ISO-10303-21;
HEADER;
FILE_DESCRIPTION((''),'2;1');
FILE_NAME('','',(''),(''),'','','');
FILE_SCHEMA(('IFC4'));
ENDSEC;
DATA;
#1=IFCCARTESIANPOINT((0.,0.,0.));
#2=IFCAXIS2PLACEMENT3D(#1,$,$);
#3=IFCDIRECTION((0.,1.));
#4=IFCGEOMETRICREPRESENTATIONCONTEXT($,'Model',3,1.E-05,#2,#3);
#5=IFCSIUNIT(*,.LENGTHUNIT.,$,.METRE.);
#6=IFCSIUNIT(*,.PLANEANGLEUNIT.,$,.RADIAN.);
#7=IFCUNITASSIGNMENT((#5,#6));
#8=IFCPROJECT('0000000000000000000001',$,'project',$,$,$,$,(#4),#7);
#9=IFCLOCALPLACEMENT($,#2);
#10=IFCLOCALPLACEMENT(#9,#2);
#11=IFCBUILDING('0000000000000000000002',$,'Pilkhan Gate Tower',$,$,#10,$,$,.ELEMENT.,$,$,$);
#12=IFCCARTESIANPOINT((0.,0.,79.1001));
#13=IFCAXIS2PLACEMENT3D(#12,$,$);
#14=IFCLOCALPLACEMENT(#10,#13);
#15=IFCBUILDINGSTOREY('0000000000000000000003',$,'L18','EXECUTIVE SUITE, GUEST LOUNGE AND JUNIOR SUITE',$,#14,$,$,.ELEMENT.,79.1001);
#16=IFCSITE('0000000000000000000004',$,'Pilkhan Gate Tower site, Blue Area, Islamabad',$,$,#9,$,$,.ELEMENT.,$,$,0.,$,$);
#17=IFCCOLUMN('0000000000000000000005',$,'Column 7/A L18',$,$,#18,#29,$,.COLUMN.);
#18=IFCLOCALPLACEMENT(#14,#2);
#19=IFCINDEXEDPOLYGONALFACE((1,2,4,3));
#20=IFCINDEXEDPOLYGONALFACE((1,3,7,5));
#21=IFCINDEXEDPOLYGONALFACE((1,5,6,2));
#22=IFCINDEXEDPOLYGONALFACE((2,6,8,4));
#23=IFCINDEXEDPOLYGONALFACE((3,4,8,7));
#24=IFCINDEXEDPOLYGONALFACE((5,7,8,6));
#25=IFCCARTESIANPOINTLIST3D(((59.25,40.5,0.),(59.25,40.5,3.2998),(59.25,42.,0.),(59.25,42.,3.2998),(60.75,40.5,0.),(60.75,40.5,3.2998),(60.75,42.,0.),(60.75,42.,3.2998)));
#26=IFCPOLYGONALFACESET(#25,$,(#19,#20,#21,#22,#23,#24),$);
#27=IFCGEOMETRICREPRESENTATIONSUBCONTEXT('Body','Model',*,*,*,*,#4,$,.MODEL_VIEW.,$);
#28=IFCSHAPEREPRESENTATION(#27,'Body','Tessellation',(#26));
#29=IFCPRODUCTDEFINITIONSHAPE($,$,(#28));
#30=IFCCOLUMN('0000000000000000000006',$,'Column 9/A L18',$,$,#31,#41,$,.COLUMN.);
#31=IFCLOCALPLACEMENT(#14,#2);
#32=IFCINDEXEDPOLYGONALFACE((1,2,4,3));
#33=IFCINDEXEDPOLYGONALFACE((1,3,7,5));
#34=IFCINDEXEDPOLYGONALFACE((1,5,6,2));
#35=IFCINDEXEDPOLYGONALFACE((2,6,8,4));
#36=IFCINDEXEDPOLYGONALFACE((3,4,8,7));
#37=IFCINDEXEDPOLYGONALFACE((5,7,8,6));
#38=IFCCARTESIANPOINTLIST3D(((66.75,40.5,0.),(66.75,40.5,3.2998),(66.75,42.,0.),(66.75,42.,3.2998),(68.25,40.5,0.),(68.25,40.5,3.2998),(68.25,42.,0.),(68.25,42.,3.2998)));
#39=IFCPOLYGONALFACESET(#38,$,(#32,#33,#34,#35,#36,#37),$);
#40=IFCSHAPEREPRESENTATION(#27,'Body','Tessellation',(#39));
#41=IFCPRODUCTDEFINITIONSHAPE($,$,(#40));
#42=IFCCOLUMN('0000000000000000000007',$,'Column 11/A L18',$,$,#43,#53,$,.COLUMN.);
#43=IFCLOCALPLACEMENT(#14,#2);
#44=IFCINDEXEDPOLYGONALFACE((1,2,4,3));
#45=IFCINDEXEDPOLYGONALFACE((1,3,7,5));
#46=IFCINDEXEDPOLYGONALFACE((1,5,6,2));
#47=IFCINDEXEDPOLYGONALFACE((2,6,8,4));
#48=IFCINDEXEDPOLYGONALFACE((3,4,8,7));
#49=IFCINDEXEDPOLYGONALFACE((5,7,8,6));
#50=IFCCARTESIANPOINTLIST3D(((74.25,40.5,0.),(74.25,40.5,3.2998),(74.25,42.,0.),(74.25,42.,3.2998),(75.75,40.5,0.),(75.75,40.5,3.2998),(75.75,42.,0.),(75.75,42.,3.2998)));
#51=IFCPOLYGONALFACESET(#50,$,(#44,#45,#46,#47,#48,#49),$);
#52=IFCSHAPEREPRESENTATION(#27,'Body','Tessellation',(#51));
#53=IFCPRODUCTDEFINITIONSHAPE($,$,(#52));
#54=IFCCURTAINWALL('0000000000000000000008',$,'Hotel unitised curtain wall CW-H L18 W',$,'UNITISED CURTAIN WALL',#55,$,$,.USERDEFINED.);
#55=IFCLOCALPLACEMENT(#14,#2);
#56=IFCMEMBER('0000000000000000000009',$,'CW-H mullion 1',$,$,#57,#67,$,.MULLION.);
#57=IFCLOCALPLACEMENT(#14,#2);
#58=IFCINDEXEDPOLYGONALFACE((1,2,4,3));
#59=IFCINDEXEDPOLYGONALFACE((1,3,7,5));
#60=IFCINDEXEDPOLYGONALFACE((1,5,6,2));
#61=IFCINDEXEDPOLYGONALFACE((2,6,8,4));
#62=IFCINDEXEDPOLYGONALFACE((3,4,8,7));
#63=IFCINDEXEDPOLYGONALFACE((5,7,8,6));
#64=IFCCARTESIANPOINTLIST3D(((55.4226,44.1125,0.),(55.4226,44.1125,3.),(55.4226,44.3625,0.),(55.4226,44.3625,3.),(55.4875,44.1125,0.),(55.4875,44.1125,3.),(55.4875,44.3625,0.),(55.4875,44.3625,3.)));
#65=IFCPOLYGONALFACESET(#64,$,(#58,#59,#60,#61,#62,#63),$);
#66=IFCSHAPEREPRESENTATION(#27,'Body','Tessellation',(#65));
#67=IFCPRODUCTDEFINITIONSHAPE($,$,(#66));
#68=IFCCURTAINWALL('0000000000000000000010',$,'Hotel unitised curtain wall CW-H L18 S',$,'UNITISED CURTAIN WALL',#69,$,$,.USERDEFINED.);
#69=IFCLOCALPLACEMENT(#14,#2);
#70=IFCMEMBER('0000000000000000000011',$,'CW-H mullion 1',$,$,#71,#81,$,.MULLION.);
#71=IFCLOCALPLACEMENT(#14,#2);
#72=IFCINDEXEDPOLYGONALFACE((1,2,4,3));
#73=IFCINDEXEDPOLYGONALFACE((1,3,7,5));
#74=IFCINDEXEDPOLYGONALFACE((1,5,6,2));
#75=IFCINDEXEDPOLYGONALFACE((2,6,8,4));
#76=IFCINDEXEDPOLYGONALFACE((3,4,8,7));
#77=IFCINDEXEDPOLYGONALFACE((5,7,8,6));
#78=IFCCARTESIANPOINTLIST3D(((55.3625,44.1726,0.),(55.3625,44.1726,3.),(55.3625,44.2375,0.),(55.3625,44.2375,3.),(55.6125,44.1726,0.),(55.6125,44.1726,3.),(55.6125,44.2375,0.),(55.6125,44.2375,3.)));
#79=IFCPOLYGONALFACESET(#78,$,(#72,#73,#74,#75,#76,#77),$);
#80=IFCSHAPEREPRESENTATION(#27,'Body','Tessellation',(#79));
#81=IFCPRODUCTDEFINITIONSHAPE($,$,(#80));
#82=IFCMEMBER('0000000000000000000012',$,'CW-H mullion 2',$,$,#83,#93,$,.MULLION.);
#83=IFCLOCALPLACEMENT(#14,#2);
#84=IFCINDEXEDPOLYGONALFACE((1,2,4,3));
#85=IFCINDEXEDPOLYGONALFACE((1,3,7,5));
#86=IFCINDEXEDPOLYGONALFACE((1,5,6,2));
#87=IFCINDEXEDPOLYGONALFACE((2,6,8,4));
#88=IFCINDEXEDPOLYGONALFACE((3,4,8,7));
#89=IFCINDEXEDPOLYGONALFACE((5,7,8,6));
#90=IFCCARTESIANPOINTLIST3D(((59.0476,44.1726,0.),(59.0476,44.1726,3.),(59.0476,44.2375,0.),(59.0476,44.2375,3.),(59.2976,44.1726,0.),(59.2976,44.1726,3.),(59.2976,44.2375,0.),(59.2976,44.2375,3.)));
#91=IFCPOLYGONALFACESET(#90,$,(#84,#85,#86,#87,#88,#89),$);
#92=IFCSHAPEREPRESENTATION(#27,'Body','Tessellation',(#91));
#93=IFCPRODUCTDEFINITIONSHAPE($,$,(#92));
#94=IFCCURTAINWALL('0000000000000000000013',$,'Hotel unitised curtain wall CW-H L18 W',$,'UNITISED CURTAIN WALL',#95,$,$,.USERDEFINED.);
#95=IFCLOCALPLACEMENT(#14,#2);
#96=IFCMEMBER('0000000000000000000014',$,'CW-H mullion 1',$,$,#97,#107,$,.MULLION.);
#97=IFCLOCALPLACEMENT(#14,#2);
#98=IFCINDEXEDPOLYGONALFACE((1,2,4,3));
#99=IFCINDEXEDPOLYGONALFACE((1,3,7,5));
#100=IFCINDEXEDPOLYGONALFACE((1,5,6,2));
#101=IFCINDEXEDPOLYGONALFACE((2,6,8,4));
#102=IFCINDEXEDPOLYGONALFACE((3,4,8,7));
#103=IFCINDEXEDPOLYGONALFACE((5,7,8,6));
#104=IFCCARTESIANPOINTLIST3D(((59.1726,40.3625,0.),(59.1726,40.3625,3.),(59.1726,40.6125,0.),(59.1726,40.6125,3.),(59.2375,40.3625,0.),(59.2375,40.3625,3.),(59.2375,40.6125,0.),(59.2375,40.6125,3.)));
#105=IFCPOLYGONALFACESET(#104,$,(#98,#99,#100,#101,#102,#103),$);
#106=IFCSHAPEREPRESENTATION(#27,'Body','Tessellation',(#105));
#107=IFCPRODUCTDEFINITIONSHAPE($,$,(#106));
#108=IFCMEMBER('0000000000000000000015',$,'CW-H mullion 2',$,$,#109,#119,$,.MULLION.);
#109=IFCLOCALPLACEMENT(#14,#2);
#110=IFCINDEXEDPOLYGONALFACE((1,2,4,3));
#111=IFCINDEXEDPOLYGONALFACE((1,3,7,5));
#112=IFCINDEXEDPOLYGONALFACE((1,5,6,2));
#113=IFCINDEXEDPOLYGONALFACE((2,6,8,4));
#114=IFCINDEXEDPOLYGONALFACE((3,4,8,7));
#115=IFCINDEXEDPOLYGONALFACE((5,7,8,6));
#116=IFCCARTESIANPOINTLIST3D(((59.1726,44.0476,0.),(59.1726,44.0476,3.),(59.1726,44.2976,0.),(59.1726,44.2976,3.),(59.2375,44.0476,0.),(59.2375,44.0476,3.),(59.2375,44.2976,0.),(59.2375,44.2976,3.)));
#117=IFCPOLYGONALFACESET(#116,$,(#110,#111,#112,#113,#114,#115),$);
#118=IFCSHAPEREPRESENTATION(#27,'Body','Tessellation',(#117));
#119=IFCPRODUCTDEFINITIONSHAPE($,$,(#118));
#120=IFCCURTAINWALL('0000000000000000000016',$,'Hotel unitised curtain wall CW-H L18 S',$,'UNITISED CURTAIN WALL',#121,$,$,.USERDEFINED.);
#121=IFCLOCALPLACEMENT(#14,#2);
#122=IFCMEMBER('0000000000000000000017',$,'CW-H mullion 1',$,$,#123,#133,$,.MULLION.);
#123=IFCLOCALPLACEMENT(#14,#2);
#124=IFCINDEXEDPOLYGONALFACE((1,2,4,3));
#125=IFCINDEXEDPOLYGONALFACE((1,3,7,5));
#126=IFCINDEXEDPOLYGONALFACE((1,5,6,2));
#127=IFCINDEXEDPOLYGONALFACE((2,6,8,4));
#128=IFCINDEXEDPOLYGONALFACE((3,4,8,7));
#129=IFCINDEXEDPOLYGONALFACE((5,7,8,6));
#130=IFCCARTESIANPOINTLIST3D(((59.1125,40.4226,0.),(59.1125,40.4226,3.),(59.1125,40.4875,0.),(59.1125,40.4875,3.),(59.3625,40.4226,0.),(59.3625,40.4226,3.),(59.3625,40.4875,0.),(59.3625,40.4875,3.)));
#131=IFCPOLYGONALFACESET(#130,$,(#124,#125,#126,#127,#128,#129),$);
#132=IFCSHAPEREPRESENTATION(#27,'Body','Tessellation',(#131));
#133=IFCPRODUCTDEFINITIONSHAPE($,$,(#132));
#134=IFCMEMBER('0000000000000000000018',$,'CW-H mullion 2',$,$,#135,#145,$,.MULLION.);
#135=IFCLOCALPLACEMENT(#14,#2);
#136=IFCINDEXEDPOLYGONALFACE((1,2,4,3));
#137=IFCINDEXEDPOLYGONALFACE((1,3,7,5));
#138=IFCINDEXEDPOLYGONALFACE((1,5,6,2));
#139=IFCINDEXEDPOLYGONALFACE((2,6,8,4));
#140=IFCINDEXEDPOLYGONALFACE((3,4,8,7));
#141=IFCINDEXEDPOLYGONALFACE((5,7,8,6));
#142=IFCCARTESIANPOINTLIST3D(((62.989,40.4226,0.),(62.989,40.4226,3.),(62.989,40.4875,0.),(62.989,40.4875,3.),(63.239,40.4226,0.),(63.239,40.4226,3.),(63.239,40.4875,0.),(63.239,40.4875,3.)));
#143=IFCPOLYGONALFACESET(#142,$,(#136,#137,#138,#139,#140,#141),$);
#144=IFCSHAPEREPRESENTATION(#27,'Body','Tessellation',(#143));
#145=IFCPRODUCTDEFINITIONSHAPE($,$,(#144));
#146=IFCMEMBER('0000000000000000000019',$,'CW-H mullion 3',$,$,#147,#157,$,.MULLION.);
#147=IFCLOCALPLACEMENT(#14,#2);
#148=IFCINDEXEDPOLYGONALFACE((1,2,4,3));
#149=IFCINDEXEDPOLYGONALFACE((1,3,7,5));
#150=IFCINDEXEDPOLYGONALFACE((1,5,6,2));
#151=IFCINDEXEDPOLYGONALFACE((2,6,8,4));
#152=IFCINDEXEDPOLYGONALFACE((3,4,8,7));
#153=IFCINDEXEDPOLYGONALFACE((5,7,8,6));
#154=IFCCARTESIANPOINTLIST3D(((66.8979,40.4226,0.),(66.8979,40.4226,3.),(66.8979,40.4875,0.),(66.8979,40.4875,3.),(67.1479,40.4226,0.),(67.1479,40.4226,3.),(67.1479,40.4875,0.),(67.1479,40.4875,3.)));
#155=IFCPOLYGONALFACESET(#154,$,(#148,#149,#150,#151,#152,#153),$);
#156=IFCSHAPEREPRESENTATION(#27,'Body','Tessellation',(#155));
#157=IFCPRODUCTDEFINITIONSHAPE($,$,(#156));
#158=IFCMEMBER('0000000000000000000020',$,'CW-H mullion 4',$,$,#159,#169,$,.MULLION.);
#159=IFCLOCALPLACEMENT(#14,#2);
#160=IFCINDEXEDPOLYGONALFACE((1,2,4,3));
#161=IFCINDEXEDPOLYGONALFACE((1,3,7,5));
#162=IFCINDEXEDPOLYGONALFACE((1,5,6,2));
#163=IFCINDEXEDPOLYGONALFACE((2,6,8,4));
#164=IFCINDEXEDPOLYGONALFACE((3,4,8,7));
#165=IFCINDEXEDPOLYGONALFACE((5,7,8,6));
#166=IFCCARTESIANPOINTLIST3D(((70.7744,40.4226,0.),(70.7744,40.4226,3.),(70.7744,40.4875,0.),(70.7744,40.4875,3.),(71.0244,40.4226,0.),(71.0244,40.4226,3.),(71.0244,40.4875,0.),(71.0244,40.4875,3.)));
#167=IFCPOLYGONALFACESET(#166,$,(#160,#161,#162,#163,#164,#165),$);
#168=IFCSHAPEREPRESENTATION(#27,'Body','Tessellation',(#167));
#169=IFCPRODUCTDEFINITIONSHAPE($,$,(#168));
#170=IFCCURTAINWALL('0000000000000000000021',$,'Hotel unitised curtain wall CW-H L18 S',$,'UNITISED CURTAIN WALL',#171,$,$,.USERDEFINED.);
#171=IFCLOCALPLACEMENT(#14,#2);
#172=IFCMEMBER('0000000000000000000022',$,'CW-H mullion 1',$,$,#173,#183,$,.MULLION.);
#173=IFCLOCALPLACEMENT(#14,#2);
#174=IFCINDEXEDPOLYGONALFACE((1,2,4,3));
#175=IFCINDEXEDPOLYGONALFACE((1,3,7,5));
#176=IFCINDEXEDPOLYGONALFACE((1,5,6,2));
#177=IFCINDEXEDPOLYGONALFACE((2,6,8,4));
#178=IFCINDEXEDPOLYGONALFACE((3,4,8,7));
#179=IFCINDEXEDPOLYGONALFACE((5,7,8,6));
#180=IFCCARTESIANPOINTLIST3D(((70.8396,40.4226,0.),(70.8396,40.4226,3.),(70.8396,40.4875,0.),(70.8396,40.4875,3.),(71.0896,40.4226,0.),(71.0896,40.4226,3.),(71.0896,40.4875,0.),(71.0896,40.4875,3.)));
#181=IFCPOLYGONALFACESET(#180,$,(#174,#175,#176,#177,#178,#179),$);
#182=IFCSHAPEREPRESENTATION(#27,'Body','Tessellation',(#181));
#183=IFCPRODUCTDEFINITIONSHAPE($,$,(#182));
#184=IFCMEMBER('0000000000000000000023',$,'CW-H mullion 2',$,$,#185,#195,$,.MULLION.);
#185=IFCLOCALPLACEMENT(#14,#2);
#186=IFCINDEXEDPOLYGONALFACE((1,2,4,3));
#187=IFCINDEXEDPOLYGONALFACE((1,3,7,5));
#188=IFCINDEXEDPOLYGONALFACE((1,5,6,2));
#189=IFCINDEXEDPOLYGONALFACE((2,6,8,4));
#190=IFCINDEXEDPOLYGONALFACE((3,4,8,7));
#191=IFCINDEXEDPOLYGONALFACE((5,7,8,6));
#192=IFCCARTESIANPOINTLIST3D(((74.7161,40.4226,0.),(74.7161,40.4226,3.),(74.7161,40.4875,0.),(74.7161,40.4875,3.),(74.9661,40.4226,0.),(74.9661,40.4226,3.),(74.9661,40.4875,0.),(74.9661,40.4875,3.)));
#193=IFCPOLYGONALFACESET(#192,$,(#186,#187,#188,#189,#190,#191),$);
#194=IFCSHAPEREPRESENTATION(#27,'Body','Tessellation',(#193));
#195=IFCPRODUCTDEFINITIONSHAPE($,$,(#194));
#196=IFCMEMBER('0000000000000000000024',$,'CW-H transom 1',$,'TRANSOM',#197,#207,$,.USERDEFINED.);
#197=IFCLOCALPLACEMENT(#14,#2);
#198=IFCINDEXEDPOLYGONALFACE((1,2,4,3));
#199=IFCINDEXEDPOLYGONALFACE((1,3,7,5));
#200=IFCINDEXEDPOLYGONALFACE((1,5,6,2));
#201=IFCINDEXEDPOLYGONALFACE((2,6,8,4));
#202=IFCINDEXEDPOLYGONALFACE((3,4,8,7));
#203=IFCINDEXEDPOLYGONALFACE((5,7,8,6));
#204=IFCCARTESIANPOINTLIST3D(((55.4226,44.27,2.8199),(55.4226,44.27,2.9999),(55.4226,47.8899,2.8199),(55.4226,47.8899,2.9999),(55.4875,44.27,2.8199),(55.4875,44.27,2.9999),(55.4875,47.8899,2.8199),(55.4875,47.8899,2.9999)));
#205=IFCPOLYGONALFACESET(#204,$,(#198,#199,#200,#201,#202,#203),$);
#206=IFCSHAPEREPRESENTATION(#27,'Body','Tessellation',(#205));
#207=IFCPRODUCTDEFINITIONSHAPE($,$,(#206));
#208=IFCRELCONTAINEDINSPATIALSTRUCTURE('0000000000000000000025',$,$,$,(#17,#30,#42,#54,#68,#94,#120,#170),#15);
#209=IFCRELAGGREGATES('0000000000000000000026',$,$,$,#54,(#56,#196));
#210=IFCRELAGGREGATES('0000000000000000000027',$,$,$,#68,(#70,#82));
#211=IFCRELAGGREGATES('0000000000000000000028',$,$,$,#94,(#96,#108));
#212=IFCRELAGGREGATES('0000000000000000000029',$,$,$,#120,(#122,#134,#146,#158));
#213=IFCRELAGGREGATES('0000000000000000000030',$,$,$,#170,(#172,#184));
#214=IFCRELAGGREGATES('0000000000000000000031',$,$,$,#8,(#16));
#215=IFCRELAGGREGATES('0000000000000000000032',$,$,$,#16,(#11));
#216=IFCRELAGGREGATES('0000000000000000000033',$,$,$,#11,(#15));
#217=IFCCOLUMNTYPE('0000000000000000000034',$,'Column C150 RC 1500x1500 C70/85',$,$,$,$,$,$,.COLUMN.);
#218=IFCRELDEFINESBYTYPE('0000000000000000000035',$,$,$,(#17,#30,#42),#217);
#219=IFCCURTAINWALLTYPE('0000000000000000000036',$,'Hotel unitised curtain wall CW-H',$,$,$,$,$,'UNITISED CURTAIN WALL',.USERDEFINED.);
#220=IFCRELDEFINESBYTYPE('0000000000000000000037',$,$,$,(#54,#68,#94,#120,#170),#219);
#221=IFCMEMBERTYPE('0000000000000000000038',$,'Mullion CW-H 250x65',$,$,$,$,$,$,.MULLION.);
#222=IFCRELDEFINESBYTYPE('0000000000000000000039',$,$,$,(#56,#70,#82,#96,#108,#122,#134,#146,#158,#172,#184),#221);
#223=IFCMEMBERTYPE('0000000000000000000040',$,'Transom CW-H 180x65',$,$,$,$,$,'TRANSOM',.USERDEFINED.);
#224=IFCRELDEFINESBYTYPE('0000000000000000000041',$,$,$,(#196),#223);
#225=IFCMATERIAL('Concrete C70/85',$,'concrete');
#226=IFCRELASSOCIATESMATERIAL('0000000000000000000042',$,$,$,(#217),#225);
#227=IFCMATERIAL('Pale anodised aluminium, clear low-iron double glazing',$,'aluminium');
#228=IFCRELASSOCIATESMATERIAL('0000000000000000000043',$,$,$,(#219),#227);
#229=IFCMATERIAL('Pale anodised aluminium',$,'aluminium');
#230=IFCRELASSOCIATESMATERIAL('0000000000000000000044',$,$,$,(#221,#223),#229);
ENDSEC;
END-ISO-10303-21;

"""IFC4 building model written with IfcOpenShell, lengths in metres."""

from ifc_helpers import new_model, si_unit, direction, frame, origin, origin_2d, place, context, subcontext, project, spatial, rectangle, extrude, material, material_profile, profile_set, type_object, element, aggregate, save


model = new_model("IFC4")

# Units and contexts
model_context = context("Model", 3, precision=1e-05, world=origin(), true_north=direction((0.0, 1.0)))
body_context = subcontext(model_context, "Body", "Model", "MODEL_VIEW")
ifc_project = project(units=[si_unit("LENGTHUNIT", "METRE"), si_unit("PLANEANGLEUNIT", "RADIAN")], contexts=[model_context])

# Site, building, storey
site_placement = place(None, origin())
site = spatial("IfcSite", under=ifc_project, at=site_placement, Name="Pilkhan Gate Tower site, Blue Area, Islamabad", CompositionType="ELEMENT", RefElevation=0.0)
building_placement = place(site_placement, origin())
building = spatial("IfcBuilding", under=site, at=building_placement, Name="Pilkhan Gate Tower", CompositionType="ELEMENT")
storey_placement = place(building_placement, frame((0.0, 0.0, 79.1001)))
storey = spatial("IfcBuildingStorey", under=building, at=storey_placement, Name="L18", Description="EXECUTIVE SUITE, GUEST LOUNGE AND JUNIOR SUITE", CompositionType="ELEMENT", Elevation=79.1001)

# Columns
ifc_material_1 = material(Name="Concrete C70/85", Category="concrete")
ifc_material_profile_1 = material_profile(ifc_material_1, rectangle(XDim=1.5, YDim=1.5, at=origin_2d()), Name="RC 1500x1500")
ifc_profile_set_1 = profile_set([ifc_material_profile_1], Name="Concrete C70/85")
column_type = type_object("IfcColumnType", Name="Column C150 RC 1500x1500 C70/85", PredefinedType="COLUMN", material=ifc_profile_set_1)
for number, where, z_axis, x_axis, name in (
    (1, (60.0, 41.25, 0.0), (0.0, 0.0, 1.0), (1.0, 0.0, 0.0), "Column 7/A L18"),
    (2, (67.5, 41.25, 0.0), (0.0, 0.0, 1.0), (1.0, 0.0, 0.0), "Column 9/A L18"),
    (3, (75.0, 41.25, 0.0), (0.0, 0.0, 1.0), (1.0, 0.0, 0.0), "Column 11/A L18"),
):
    element("IfcColumn", number, at=place(storey_placement, frame(where, z_axis=z_axis, x_axis=x_axis)), inside=storey, type_object=column_type, Name=name, PredefinedType="COLUMN", context=body_context, shape_type="SweptSolid", body=[
        extrude(rectangle(XDim=1.5, YDim=1.5, at=origin_2d()), origin(), (0.0, 0.0, 1.0), 3.2998),
    ])

# Curtain wall, member
ifc_material_2 = material(Name="Pale anodised aluminium, clear low-iron double glazing", Category="aluminium")
curtain_wall_type = type_object("IfcCurtainWallType", Name="Hotel unitised curtain wall CW-H", ElementType="UNITISED CURTAIN WALL", PredefinedType="USERDEFINED", material=ifc_material_2)
curtain_wall_1_placement = place(storey_placement, origin())
curtain_wall_1 = element("IfcCurtainWall", 4, at=curtain_wall_1_placement, inside=storey, type_object=curtain_wall_type, Name="Hotel unitised curtain wall CW-H L18 W", ObjectType="UNITISED CURTAIN WALL", PredefinedType="USERDEFINED")
ifc_material_3 = material(Name="Pale anodised aluminium", Category="aluminium")
ifc_material_profile_2 = material_profile(ifc_material_3, rectangle(XDim=0.0649, YDim=0.25, at=origin_2d()), Name="Mullion 250x65")
ifc_profile_set_2 = profile_set([ifc_material_profile_2], Name="Pale anodised aluminium")
member_type_1 = type_object("IfcMemberType", Name="Mullion CW-H 250x65", PredefinedType="MULLION", material=ifc_profile_set_2)
member_1_placement = place(storey_placement, frame((55.4551, 44.2375, 0.0), z_axis=(0.0, 0.0, 1.0), x_axis=(-1.0, 0.0, 0.0)))
member_1 = element("IfcMember", 5, at=member_1_placement, type_object=member_type_1, Name="CW-H mullion 1", PredefinedType="MULLION", context=body_context, shape_type="SweptSolid", body=[
    extrude(rectangle(XDim=0.0649, YDim=0.25, at=origin_2d()), origin(), (0.0, 0.0, 1.0), 3.0),
])

# Curtain walls, members
curtain_wall_2_placement = place(storey_placement, origin())
curtain_wall_2 = element("IfcCurtainWall", 6, at=curtain_wall_2_placement, inside=storey, type_object=curtain_wall_type, Name="Hotel unitised curtain wall CW-H L18 S", ObjectType="UNITISED CURTAIN WALL", PredefinedType="USERDEFINED")
member_2_placement = place(storey_placement, frame((55.4875, 44.2051, 0.0), z_axis=(0.0, 0.0, 1.0), x_axis=(0.0, 1.0, 0.0)))
member_2 = element("IfcMember", 7, at=member_2_placement, type_object=member_type_1, Name="CW-H mullion 1", PredefinedType="MULLION", context=body_context, shape_type="SweptSolid", body=[
    extrude(rectangle(XDim=0.0649, YDim=0.25, at=origin_2d()), origin(), (0.0, 0.0, 1.0), 3.0),
])
member_3_placement = place(storey_placement, frame((59.1726, 44.2051, 0.0), z_axis=(0.0, 0.0, 1.0), x_axis=(0.0, 1.0, 0.0)))
member_3 = element("IfcMember", 8, at=member_3_placement, type_object=member_type_1, Name="CW-H mullion 2", PredefinedType="MULLION", context=body_context, shape_type="SweptSolid", body=[
    extrude(rectangle(XDim=0.0649, YDim=0.25, at=origin_2d()), origin(), (0.0, 0.0, 1.0), 3.0),
])
curtain_wall_3_placement = place(storey_placement, origin())
curtain_wall_3 = element("IfcCurtainWall", 9, at=curtain_wall_3_placement, inside=storey, type_object=curtain_wall_type, Name="Hotel unitised curtain wall CW-H L18 W", ObjectType="UNITISED CURTAIN WALL", PredefinedType="USERDEFINED")
member_4_placement = place(storey_placement, frame((59.2051, 40.4875, 0.0), z_axis=(0.0, 0.0, 1.0), x_axis=(-1.0, 0.0, 0.0)))
member_4 = element("IfcMember", 10, at=member_4_placement, type_object=member_type_1, Name="CW-H mullion 1", PredefinedType="MULLION", context=body_context, shape_type="SweptSolid", body=[
    extrude(rectangle(XDim=0.0649, YDim=0.25, at=origin_2d()), origin(), (0.0, 0.0, 1.0), 3.0),
])
member_5_placement = place(storey_placement, frame((59.2051, 44.1726, 0.0), z_axis=(0.0, 0.0, 1.0), x_axis=(-1.0, 0.0, 0.0)))
member_5 = element("IfcMember", 11, at=member_5_placement, type_object=member_type_1, Name="CW-H mullion 2", PredefinedType="MULLION", context=body_context, shape_type="SweptSolid", body=[
    extrude(rectangle(XDim=0.0649, YDim=0.25, at=origin_2d()), origin(), (0.0, 0.0, 1.0), 3.0),
])
curtain_wall_4_placement = place(storey_placement, origin())
curtain_wall_4 = element("IfcCurtainWall", 12, at=curtain_wall_4_placement, inside=storey, type_object=curtain_wall_type, Name="Hotel unitised curtain wall CW-H L18 S", ObjectType="UNITISED CURTAIN WALL", PredefinedType="USERDEFINED")
member_6_placement = place(storey_placement, frame((59.2375, 40.4551, 0.0), z_axis=(0.0, 0.0, 1.0), x_axis=(0.0, 1.0, 0.0)))
member_6 = element("IfcMember", 13, at=member_6_placement, type_object=member_type_1, Name="CW-H mullion 1", PredefinedType="MULLION", context=body_context, shape_type="SweptSolid", body=[
    extrude(rectangle(XDim=0.0649, YDim=0.25, at=origin_2d()), origin(), (0.0, 0.0, 1.0), 3.0),
])
member_7_placement = place(storey_placement, frame((63.114, 40.4551, 0.0), z_axis=(0.0, 0.0, 1.0), x_axis=(0.0, 1.0, 0.0)))
member_7 = element("IfcMember", 14, at=member_7_placement, type_object=member_type_1, Name="CW-H mullion 2", PredefinedType="MULLION", context=body_context, shape_type="SweptSolid", body=[
    extrude(rectangle(XDim=0.0649, YDim=0.25, at=origin_2d()), origin(), (0.0, 0.0, 1.0), 3.0),
])
member_8_placement = place(storey_placement, frame((67.0229, 40.4551, 0.0), z_axis=(0.0, 0.0, 1.0), x_axis=(0.0, 1.0, 0.0)))
member_8 = element("IfcMember", 15, at=member_8_placement, type_object=member_type_1, Name="CW-H mullion 3", PredefinedType="MULLION", context=body_context, shape_type="SweptSolid", body=[
    extrude(rectangle(XDim=0.0649, YDim=0.25, at=origin_2d()), origin(), (0.0, 0.0, 1.0), 3.0),
])
member_9_placement = place(storey_placement, frame((70.8994, 40.4551, 0.0), z_axis=(0.0, 0.0, 1.0), x_axis=(0.0, 1.0, 0.0)))
member_9 = element("IfcMember", 16, at=member_9_placement, type_object=member_type_1, Name="CW-H mullion 4", PredefinedType="MULLION", context=body_context, shape_type="SweptSolid", body=[
    extrude(rectangle(XDim=0.0649, YDim=0.25, at=origin_2d()), origin(), (0.0, 0.0, 1.0), 3.0),
])
curtain_wall_5_placement = place(storey_placement, origin())
curtain_wall_5 = element("IfcCurtainWall", 17, at=curtain_wall_5_placement, inside=storey, type_object=curtain_wall_type, Name="Hotel unitised curtain wall CW-H L18 S", ObjectType="UNITISED CURTAIN WALL", PredefinedType="USERDEFINED")
member_10_placement = place(storey_placement, frame((70.9646, 40.4551, 0.0), z_axis=(0.0, 0.0, 1.0), x_axis=(0.0, 1.0, 0.0)))
member_10 = element("IfcMember", 18, at=member_10_placement, type_object=member_type_1, Name="CW-H mullion 1", PredefinedType="MULLION", context=body_context, shape_type="SweptSolid", body=[
    extrude(rectangle(XDim=0.0649, YDim=0.25, at=origin_2d()), origin(), (0.0, 0.0, 1.0), 3.0),
])
member_11_placement = place(storey_placement, frame((74.8411, 40.4551, 0.0), z_axis=(0.0, 0.0, 1.0), x_axis=(0.0, 1.0, 0.0)))
member_11 = element("IfcMember", 19, at=member_11_placement, type_object=member_type_1, Name="CW-H mullion 2", PredefinedType="MULLION", context=body_context, shape_type="SweptSolid", body=[
    extrude(rectangle(XDim=0.0649, YDim=0.25, at=origin_2d()), origin(), (0.0, 0.0, 1.0), 3.0),
])

# Member
ifc_material_profile_3 = material_profile(ifc_material_3, rectangle(XDim=0.0649, YDim=0.1799, at=origin_2d()), Name="Transom 180x65")
ifc_profile_set_3 = profile_set([ifc_material_profile_3], Name="Pale anodised aluminium")
member_type_2 = type_object("IfcMemberType", Name="Transom CW-H 180x65", ElementType="TRANSOM", PredefinedType="USERDEFINED", material=ifc_profile_set_3)
member_12_placement = place(storey_placement, frame((55.4551, 44.27, 2.9099), z_axis=(0.0, 1.0, 0.0), x_axis=(-1.0, 0.0, 0.0)))
member_12 = element("IfcMember", 20, at=member_12_placement, type_object=member_type_2, Name="CW-H transom 1", ObjectType="TRANSOM", PredefinedType="USERDEFINED", context=body_context, shape_type="SweptSolid", body=[
    extrude(rectangle(XDim=0.0649, YDim=0.1799, at=origin_2d()), origin(), (0.0, 0.0, 1.0), 3.6199),
])
aggregate(curtain_wall_1, [member_1, member_12])

aggregate(curtain_wall_2, [member_2, member_3])
aggregate(curtain_wall_3, [member_4, member_5])
aggregate(curtain_wall_4, [member_6, member_7, member_8, member_9])
aggregate(curtain_wall_5, [member_10, member_11])

save(model, "model.ifc")
